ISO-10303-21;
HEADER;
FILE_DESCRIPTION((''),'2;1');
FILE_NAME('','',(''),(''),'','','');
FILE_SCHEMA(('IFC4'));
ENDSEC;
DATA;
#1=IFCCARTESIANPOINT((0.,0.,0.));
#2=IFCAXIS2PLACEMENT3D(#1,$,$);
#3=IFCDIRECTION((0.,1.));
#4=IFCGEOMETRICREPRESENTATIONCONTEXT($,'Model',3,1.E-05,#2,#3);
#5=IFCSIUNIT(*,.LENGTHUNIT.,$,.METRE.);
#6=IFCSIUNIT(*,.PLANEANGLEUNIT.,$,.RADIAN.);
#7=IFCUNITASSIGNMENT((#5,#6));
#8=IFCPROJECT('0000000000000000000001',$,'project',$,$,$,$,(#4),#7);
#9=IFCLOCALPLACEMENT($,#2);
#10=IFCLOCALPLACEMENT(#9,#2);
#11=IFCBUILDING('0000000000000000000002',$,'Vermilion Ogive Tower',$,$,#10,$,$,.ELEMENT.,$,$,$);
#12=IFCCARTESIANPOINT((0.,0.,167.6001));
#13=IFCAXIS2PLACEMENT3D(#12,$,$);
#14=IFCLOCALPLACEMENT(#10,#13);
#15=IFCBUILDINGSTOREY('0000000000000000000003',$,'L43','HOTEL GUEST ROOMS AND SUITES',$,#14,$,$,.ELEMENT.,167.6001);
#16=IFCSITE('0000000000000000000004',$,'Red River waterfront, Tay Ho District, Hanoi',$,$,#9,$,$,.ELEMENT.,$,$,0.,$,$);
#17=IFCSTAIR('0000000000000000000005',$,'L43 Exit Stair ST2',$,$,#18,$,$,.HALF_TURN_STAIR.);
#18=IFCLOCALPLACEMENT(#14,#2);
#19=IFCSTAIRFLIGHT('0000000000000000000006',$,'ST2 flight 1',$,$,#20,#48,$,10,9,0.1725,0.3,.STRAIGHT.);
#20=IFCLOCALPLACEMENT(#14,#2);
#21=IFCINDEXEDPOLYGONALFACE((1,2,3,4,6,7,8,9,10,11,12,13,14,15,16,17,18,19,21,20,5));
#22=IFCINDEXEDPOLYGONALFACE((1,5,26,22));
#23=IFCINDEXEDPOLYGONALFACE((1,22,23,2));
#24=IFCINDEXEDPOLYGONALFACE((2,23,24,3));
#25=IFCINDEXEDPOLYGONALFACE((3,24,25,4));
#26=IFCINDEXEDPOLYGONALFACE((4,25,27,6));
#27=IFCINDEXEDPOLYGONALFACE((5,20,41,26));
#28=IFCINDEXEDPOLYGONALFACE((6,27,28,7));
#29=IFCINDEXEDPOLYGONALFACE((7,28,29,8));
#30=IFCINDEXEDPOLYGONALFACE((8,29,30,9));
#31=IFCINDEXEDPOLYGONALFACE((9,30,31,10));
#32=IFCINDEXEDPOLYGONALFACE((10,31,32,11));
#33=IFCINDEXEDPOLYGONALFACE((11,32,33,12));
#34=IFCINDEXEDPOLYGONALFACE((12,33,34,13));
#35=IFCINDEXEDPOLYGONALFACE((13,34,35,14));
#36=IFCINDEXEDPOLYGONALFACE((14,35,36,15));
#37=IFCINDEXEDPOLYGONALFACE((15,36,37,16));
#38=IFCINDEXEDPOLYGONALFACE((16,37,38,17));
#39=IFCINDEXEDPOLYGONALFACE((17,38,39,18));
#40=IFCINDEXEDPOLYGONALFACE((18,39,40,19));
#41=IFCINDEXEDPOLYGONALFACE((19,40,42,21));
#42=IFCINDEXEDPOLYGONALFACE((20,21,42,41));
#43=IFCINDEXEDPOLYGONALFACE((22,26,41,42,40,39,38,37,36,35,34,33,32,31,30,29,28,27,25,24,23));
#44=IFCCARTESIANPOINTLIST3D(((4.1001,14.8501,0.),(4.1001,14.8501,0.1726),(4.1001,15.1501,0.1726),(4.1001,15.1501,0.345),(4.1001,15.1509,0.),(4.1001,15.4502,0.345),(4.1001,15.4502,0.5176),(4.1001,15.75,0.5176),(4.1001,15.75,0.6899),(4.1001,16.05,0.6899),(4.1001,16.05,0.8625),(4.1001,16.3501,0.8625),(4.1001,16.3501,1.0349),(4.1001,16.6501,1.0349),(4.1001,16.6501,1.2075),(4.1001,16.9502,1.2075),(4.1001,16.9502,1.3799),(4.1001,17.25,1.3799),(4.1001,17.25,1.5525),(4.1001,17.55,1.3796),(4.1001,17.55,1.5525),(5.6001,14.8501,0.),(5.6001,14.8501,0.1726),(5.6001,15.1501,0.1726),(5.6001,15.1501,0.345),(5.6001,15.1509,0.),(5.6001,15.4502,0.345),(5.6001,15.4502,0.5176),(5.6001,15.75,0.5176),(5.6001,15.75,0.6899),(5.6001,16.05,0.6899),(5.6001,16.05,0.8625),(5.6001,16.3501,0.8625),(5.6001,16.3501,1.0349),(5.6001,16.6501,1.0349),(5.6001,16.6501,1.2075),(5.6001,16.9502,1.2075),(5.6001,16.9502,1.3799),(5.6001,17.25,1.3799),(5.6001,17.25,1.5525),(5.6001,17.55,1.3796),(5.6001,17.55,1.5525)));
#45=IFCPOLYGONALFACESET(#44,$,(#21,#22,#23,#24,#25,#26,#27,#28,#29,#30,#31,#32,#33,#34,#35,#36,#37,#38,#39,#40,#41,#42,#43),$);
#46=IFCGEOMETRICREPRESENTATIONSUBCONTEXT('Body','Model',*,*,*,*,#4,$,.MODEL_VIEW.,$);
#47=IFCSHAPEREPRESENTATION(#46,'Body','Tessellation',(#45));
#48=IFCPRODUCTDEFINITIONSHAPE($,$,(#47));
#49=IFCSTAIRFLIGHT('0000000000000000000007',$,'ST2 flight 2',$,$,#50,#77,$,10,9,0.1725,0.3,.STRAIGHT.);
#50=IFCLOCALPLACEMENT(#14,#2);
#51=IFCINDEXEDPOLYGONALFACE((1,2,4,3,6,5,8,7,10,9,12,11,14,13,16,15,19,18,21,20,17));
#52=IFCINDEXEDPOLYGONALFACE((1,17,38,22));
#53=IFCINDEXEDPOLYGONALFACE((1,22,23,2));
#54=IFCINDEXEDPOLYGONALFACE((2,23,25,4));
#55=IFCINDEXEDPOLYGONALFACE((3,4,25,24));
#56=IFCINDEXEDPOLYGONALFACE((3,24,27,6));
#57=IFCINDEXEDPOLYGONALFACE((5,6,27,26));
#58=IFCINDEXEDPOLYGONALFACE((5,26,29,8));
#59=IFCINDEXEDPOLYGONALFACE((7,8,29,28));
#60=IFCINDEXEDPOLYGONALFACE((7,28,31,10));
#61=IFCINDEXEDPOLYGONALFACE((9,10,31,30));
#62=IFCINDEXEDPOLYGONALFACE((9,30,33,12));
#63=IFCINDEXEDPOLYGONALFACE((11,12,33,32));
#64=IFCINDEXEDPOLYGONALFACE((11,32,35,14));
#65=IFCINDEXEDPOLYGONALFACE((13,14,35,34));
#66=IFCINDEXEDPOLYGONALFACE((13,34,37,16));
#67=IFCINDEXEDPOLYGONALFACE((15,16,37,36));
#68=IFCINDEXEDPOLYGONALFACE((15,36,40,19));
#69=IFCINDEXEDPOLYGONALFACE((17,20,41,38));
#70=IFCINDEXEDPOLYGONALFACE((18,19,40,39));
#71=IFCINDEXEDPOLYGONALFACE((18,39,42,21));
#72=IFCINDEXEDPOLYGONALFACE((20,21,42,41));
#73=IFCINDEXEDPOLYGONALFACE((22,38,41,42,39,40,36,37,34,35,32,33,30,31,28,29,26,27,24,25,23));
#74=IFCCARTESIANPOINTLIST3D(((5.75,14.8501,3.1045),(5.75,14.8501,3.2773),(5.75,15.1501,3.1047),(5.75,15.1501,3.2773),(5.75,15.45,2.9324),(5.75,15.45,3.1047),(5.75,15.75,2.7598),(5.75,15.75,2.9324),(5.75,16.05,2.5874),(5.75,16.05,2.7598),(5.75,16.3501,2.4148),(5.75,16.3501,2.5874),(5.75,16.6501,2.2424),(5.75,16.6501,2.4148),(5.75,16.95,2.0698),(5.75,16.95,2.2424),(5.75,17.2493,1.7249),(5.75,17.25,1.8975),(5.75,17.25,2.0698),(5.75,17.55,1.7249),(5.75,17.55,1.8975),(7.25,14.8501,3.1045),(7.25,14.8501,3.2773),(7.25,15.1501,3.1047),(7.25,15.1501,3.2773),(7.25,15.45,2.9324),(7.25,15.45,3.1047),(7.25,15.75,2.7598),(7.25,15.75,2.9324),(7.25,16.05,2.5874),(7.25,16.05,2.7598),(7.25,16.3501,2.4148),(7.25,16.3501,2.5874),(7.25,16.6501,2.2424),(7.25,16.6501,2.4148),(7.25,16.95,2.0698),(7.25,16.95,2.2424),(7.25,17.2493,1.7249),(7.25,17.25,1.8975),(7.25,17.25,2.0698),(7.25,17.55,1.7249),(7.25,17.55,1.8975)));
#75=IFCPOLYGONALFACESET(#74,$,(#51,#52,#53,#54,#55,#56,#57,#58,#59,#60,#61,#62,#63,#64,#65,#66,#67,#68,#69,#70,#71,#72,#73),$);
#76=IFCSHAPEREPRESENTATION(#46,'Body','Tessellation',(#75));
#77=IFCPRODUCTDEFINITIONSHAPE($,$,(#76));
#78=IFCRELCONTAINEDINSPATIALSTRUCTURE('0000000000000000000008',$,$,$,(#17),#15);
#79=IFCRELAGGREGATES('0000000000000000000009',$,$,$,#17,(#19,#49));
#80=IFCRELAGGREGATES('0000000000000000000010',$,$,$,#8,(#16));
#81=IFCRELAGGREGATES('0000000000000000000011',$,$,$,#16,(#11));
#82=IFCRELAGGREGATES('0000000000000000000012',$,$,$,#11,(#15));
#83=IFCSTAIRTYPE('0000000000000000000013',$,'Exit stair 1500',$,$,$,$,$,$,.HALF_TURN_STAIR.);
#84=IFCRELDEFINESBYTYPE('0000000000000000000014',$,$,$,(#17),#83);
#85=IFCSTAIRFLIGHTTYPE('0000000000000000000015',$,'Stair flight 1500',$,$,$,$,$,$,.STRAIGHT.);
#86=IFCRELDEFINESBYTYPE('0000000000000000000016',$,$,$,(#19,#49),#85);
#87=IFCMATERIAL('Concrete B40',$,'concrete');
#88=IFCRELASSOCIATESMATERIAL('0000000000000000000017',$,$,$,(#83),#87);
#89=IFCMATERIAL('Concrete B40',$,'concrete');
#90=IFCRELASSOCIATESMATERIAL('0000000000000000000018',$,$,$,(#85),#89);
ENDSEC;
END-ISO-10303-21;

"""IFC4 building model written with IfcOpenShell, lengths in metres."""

from ifc_helpers import new_model, si_unit, direction, frame, origin, place, context, subcontext, project, spatial, polyline, outline, extrude, material, type_object, element, aggregate, save


model = new_model("IFC4")

# Units and contexts
model_context = context("Model", 3, precision=1e-05, world=origin(), true_north=direction((0.0, 1.0)))
body_context = subcontext(model_context, "Body", "Model", "MODEL_VIEW")
ifc_project = project(units=[si_unit("LENGTHUNIT", "METRE"), si_unit("PLANEANGLEUNIT", "RADIAN")], contexts=[model_context])

# Site, building, storey
site_placement = place(None, origin())
site = spatial("IfcSite", under=ifc_project, at=site_placement, Name="Red River waterfront, Tay Ho District, Hanoi", CompositionType="ELEMENT", RefElevation=0.0)
building_placement = place(site_placement, origin())
building = spatial("IfcBuilding", under=site, at=building_placement, Name="Vermilion Ogive Tower", CompositionType="ELEMENT")
storey_placement = place(building_placement, frame((0.0, 0.0, 167.6001)))
storey = spatial("IfcBuildingStorey", under=building, at=storey_placement, Name="L43", Description="HOTEL GUEST ROOMS AND SUITES", CompositionType="ELEMENT", Elevation=167.6001)

# Stair, stair flights
ifc_material_1 = material(Name="Concrete B40", Category="concrete")
stair_type = type_object("IfcStairType", Name="Exit stair 1500", PredefinedType="HALF_TURN_STAIR", material=ifc_material_1)
stair_placement = place(storey_placement, origin())
stair = element("IfcStair", 1, at=stair_placement, inside=storey, type_object=stair_type, Name="L43 Exit Stair ST2", PredefinedType="HALF_TURN_STAIR")
ifc_material_2 = material(Name="Concrete B40", Category="concrete")
stair_flight_type = type_object("IfcStairFlightType", Name="Stair flight 1500", PredefinedType="STRAIGHT", material=ifc_material_2)
stair_flight_1_placement = place(storey_placement, frame((4.8501, 14.8501, 0.0), z_axis=(0.0, 0.0, 1.0), x_axis=(0.0, 1.0, 0.0)))
stair_flight_1 = element("IfcStairFlight", 2, at=stair_flight_1_placement, type_object=stair_flight_type, Name="ST2 flight 1", NumberOfRisers=10, NumberOfTreads=9, PredefinedType="STRAIGHT", RiserHeight=0.1725, TreadLength=0.3, context=body_context, shape_type="SweptSolid", body=[
    extrude(outline(polyline([(0.0, 0.0), (0.0, 0.1726), (0.3, 0.1726), (0.3, 0.345), (0.6001, 0.345), (0.6001, 0.5176), (0.8999, 0.5176), (0.8999, 0.6899), (1.2, 0.6899), (1.2, 0.8625), (1.5, 0.8625), (1.5, 1.0349), (1.8, 1.0349), (1.8, 1.2075), (2.1001, 1.2075), (2.1001, 1.3799), (2.3999, 1.3799), (2.3999, 1.5525), (2.7, 1.5525), (2.7, 1.7251), (2.7, 1.3796), (0.3008, 0.0), (0.0, 0.0)])), frame((0.0, 0.75, 0.0), z_axis=(0.0, -1.0, 0.0), x_axis=(1.0, 0.0, 0.0)), (0.0, 0.0, 1.0), 1.5),
])
stair_flight_2_placement = place(storey_placement, frame((6.5, 17.55, 1.7249), z_axis=(0.0, 0.0, 1.0), x_axis=(0.0, -1.0, 0.0)))
stair_flight_2 = element("IfcStairFlight", 3, at=stair_flight_2_placement, type_object=stair_flight_type, Name="ST2 flight 2", NumberOfRisers=10, NumberOfTreads=9, PredefinedType="STRAIGHT", RiserHeight=0.1725, TreadLength=0.3, context=body_context, shape_type="SweptSolid", body=[
    extrude(outline(polyline([(0.0, 0.0), (0.0, 0.1726), (0.3, 0.1726), (0.3, 0.345), (0.6001, 0.345), (0.6001, 0.5176), (0.8999, 0.5176), (0.8999, 0.6899), (1.2, 0.6899), (1.2, 0.8625), (1.5, 0.8625), (1.5, 1.0349), (1.8, 1.0349), (1.8, 1.2075), (2.1001, 1.2075), (2.1001, 1.3799), (2.3999, 1.3799), (2.3999, 1.5525), (2.7, 1.5525), (2.7, 1.7251), (2.7, 1.3796), (0.3008, 0.0), (0.0, 0.0)])), frame((0.0, 0.75, 0.0), z_axis=(0.0, -1.0, 0.0), x_axis=(1.0, 0.0, 0.0)), (0.0, 0.0, 1.0), 1.5),
])
aggregate(stair, [stair_flight_1, stair_flight_2])

save(model, "model.ifc")
